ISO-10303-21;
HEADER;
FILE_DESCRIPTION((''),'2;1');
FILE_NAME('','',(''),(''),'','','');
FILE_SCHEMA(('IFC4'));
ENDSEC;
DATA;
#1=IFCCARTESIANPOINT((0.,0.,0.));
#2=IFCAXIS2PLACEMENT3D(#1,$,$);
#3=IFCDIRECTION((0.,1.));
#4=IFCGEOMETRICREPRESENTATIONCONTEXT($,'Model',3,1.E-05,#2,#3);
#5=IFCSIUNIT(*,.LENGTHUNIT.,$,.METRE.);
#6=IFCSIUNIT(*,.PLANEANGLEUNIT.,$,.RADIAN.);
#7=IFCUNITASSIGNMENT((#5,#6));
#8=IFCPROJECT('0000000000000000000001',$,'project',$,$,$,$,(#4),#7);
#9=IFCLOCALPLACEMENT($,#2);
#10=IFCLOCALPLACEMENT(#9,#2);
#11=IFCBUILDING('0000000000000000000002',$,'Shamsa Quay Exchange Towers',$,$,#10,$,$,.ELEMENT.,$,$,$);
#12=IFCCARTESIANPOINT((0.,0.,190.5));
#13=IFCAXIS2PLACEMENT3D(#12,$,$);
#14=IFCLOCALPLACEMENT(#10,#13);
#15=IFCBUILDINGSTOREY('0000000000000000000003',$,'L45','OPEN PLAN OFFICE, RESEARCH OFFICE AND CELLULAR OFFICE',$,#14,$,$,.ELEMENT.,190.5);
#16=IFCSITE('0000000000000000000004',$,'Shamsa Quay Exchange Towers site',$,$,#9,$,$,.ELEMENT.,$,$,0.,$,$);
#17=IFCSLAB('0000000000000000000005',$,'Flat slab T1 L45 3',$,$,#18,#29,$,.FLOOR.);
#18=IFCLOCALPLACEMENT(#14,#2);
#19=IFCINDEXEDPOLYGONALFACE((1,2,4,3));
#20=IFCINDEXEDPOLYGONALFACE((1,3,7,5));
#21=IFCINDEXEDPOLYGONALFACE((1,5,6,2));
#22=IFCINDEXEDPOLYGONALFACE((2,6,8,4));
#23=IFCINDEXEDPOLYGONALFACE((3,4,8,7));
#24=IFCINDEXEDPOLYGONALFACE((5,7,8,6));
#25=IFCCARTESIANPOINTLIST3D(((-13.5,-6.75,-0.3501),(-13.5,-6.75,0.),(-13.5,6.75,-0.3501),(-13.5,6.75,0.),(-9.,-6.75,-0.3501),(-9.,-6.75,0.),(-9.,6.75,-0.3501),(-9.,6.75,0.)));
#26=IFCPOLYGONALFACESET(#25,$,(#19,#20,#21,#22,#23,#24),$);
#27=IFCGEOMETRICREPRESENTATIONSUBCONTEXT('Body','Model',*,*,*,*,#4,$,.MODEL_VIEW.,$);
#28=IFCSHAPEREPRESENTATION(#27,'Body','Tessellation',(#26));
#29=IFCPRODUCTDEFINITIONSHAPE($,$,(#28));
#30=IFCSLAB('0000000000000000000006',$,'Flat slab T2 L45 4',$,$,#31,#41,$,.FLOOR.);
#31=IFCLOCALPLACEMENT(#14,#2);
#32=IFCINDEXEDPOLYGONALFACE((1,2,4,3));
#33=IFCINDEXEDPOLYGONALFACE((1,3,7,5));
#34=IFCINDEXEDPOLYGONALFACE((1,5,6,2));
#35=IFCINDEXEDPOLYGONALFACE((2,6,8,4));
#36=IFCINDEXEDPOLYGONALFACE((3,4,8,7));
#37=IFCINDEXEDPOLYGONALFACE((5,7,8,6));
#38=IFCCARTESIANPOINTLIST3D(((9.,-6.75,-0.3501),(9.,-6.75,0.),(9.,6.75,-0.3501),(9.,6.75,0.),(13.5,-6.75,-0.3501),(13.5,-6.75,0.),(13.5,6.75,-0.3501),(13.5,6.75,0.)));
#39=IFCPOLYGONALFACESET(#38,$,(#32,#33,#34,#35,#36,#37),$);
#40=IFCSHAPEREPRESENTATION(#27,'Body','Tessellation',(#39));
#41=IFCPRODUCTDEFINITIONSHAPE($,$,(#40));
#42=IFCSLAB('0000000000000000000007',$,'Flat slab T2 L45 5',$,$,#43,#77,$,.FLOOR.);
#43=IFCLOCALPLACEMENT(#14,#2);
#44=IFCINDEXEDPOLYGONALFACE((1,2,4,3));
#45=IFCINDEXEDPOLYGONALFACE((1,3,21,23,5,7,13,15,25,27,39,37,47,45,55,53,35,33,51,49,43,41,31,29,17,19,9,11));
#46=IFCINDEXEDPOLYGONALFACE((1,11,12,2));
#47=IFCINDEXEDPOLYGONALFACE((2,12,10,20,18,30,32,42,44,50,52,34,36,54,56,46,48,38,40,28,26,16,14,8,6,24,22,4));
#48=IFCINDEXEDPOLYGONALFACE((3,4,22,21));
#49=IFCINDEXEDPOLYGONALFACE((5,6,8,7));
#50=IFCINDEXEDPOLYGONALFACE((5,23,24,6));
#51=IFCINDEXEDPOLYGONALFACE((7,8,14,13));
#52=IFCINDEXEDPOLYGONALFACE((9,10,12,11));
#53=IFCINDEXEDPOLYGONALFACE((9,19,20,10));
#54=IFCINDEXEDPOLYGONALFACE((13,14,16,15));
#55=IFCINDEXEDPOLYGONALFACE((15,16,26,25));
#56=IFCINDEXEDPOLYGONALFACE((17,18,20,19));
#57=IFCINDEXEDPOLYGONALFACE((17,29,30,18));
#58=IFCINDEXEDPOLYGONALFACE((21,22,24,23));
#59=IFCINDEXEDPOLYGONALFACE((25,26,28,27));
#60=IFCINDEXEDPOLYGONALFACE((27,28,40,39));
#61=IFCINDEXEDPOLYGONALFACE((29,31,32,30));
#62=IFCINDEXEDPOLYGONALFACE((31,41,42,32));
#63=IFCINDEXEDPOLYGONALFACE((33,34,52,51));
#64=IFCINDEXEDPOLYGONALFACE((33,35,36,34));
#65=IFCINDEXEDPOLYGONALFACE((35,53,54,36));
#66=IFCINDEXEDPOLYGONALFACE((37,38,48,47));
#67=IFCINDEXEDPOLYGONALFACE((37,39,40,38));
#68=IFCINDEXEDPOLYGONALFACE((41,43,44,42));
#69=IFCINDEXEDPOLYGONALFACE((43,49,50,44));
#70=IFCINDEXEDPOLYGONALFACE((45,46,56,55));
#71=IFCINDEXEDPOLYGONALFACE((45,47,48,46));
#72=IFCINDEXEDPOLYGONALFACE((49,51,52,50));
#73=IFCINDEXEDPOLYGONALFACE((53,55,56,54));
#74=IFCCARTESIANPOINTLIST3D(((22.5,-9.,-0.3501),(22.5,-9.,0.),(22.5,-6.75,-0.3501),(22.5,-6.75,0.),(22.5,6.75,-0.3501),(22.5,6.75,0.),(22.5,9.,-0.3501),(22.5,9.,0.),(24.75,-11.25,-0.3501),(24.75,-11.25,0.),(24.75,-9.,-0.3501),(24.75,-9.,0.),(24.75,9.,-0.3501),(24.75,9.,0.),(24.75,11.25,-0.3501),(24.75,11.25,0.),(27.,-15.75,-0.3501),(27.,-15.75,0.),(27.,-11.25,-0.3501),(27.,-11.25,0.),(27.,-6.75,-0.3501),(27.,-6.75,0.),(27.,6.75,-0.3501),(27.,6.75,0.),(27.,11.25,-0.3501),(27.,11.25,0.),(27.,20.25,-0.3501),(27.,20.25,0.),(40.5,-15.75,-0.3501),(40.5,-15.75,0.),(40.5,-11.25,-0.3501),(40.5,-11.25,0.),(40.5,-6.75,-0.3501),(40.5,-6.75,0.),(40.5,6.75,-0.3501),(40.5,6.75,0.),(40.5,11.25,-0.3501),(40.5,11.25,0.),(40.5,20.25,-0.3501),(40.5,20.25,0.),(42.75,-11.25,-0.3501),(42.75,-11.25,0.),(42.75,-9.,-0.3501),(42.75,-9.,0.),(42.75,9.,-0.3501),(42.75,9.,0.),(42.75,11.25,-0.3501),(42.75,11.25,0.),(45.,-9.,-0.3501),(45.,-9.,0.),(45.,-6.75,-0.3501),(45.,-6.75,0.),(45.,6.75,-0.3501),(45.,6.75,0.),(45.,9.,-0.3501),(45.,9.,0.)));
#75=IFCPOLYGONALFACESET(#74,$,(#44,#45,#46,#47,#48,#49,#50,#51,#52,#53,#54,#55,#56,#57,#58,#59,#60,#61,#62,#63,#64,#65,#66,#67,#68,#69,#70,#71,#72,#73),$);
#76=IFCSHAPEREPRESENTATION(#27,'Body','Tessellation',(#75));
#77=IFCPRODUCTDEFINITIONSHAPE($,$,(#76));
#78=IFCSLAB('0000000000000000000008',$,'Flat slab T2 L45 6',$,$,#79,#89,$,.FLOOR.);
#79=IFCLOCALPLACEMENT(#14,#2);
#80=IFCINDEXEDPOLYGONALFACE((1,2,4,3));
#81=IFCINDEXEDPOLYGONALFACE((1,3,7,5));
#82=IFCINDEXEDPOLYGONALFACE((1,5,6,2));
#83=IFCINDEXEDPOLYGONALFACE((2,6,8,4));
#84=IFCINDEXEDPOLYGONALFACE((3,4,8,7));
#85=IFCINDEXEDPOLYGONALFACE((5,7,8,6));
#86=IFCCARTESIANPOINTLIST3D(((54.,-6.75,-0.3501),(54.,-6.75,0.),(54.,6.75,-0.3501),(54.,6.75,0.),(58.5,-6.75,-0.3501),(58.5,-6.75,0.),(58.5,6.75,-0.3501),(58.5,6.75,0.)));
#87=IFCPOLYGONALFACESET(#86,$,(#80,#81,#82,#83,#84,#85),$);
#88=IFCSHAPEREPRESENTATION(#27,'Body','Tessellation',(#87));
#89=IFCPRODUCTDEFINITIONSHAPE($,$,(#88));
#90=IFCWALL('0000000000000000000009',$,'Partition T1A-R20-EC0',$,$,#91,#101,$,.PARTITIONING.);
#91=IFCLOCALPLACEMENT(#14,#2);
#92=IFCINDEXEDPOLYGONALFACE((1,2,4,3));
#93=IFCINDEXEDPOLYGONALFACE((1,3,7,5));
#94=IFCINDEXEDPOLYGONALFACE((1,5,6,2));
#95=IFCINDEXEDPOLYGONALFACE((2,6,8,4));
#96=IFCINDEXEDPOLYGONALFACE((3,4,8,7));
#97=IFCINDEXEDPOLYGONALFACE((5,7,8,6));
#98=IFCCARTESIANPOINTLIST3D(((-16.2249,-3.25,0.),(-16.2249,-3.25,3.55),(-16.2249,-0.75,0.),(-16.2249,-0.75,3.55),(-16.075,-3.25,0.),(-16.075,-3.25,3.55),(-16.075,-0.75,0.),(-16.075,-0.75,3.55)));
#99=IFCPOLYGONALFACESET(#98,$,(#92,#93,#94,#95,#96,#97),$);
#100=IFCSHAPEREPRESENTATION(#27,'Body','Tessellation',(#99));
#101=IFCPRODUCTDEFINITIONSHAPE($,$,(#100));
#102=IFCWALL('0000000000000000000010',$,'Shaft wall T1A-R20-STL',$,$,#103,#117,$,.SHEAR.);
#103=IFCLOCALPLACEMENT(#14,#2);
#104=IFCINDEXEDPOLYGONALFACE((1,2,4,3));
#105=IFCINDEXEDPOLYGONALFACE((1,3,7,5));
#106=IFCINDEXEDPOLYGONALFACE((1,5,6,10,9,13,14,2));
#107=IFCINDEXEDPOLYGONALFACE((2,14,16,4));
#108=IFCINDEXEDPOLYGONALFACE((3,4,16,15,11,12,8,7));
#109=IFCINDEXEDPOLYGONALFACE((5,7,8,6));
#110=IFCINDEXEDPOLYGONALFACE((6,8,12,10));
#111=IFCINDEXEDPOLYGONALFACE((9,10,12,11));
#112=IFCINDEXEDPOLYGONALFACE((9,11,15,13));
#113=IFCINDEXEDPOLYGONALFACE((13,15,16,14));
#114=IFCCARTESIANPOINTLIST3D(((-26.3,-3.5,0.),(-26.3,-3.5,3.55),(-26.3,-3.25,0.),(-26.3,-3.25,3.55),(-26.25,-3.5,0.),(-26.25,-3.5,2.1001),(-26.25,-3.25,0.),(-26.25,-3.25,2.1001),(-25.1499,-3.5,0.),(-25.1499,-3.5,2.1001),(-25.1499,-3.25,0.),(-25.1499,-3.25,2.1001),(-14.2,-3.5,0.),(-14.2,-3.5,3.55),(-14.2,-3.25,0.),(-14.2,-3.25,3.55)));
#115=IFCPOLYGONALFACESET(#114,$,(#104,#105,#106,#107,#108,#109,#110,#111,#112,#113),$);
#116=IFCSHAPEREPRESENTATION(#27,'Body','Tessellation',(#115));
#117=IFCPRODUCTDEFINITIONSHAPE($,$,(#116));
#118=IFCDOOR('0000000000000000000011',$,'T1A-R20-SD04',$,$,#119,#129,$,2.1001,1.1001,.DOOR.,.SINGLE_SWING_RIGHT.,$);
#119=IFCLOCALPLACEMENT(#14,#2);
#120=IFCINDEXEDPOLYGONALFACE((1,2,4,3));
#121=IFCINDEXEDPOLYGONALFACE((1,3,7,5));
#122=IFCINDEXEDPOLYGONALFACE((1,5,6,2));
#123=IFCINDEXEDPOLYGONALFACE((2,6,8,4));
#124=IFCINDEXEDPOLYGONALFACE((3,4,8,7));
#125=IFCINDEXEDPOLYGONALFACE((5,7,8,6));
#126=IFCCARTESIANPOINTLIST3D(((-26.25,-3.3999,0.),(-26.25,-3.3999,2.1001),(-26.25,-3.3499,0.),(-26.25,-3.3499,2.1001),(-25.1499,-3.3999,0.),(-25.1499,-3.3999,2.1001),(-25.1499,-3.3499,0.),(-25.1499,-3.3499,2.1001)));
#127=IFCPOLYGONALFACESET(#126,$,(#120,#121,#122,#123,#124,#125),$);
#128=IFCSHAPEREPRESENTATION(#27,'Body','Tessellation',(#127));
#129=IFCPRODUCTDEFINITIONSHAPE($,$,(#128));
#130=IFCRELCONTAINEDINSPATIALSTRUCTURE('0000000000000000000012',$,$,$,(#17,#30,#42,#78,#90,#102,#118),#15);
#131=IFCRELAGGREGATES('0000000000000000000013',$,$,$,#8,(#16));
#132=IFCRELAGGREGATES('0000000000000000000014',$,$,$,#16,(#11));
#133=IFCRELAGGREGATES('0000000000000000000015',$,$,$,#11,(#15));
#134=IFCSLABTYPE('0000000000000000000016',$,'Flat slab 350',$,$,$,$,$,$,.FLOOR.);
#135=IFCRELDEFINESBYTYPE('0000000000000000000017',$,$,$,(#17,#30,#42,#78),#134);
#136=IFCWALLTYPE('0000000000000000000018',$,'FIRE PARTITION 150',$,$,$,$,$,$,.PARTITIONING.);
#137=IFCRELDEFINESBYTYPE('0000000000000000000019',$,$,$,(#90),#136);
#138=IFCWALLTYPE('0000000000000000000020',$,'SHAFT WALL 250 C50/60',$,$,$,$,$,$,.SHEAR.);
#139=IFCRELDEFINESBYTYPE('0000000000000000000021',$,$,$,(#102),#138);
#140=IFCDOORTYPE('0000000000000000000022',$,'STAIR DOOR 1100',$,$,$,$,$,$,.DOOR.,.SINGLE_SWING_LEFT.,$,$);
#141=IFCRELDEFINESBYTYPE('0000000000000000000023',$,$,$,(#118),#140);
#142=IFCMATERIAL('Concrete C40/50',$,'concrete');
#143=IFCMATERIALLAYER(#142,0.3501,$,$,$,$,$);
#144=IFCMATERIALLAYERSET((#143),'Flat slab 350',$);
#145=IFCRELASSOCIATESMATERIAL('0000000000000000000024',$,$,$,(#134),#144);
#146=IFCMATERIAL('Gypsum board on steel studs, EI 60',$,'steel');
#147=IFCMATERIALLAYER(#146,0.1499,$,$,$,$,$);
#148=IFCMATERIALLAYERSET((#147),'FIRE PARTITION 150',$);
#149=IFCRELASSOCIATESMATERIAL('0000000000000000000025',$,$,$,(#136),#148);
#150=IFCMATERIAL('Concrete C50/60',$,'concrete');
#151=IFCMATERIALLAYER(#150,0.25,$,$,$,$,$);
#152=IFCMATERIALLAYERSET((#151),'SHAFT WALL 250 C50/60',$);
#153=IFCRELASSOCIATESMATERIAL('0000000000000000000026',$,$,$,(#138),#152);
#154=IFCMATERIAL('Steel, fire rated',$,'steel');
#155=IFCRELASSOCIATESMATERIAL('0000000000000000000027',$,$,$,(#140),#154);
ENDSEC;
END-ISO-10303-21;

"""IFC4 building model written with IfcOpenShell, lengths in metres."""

from ifc_helpers import new_model, si_unit, direction, frame, frame_2d, origin, place, context, subcontext, project, spatial, polyline, rectangle, outline, extrude, material, layer, layer_set, type_object, element, fill, save


model = new_model("IFC4")

# Units and contexts
model_context = context("Model", 3, precision=1e-05, world=origin(), true_north=direction((0.0, 1.0)))
body_context = subcontext(model_context, "Body", "Model", "MODEL_VIEW")
ifc_project = project(units=[si_unit("LENGTHUNIT", "METRE"), si_unit("PLANEANGLEUNIT", "RADIAN")], contexts=[model_context])

# Site, building, storey
site_placement = place(None, origin())
site = spatial("IfcSite", under=ifc_project, at=site_placement, Name="Shamsa Quay Exchange Towers site", CompositionType="ELEMENT", RefElevation=0.0)
building_placement = place(site_placement, origin())
building = spatial("IfcBuilding", under=site, at=building_placement, Name="Shamsa Quay Exchange Towers", CompositionType="ELEMENT")
storey_placement = place(building_placement, frame((0.0, 0.0, 190.5)))
storey = spatial("IfcBuildingStorey", under=building, at=storey_placement, Name="L45", Description="OPEN PLAN OFFICE, RESEARCH OFFICE AND CELLULAR OFFICE", CompositionType="ELEMENT", Elevation=190.5)

# Slabs
ifc_material_1 = material(Name="Concrete C40/50", Category="concrete")
ifc_layer_1 = layer(ifc_material_1, 0.3501)
ifc_layer_set_1 = layer_set([ifc_layer_1], Name="Flat slab 350")
slab_type = type_object("IfcSlabType", Name="Flat slab 350", PredefinedType="FLOOR", material=ifc_layer_set_1)
slab_1_placement = place(storey_placement, frame((0.0, 0.0, -0.3501)))
element("IfcSlab", 1, at=slab_1_placement, inside=storey, type_object=slab_type, Name="Flat slab T1 L45 3", PredefinedType="FLOOR", context=body_context, shape_type="SweptSolid", body=[
    extrude(outline(polyline([(-9.0, 6.75), (-13.5, 6.75), (-13.5, -6.75), (-9.0, -6.75), (-9.0, 6.75)])), origin(), (0.0, 0.0, 1.0), 0.3501),
])
slab_2_placement = place(storey_placement, frame((0.0, 0.0, -0.3501)))
element("IfcSlab", 2, at=slab_2_placement, inside=storey, type_object=slab_type, Name="Flat slab T2 L45 4", PredefinedType="FLOOR", context=body_context, shape_type="SweptSolid", body=[
    extrude(outline(polyline([(9.0, -6.75), (13.5, -6.75), (13.5, 6.75), (9.0, 6.75), (9.0, -6.75)])), origin(), (0.0, 0.0, 1.0), 0.3501),
])
slab_3_placement = place(storey_placement, frame((0.0, 0.0, -0.3501)))
element("IfcSlab", 3, at=slab_3_placement, inside=storey, type_object=slab_type, Name="Flat slab T2 L45 5", PredefinedType="FLOOR", context=body_context, shape_type="SweptSolid", body=[
    extrude(outline(polyline([(45.0, -9.0), (45.0, -6.75), (40.5, -6.75), (40.5, 6.75), (45.0, 6.75), (45.0, 9.0), (42.75, 9.0), (42.75, 11.25), (40.5, 11.25), (40.5, 20.25), (27.0, 20.25), (27.0, 11.25), (24.75, 11.25), (24.75, 9.0), (22.5, 9.0), (22.5, 6.75), (27.0, 6.75), (27.0, -6.75), (22.5, -6.75), (22.5, -9.0), (24.75, -9.0), (24.75, -11.25), (27.0, -11.25), (27.0, -15.75), (40.5, -15.75), (40.5, -11.25), (42.75, -11.25), (42.75, -9.0), (45.0, -9.0)])), origin(), (0.0, 0.0, 1.0), 0.3501),
])
slab_4_placement = place(storey_placement, frame((0.0, 0.0, -0.3501)))
element("IfcSlab", 4, at=slab_4_placement, inside=storey, type_object=slab_type, Name="Flat slab T2 L45 6", PredefinedType="FLOOR", context=body_context, shape_type="SweptSolid", body=[
    extrude(outline(polyline([(58.5, 6.75), (54.0, 6.75), (54.0, -6.75), (58.5, -6.75), (58.5, 6.75)])), origin(), (0.0, 0.0, 1.0), 0.3501),
])

# Wall
ifc_material_2 = material(Name="Gypsum board on steel studs, EI 60", Category="steel")
ifc_layer_2 = layer(ifc_material_2, 0.1499)
ifc_layer_set_2 = layer_set([ifc_layer_2], Name="FIRE PARTITION 150")
wall_type_1 = type_object("IfcWallType", Name="FIRE PARTITION 150", PredefinedType="PARTITIONING", material=ifc_layer_set_2)
wall_1_placement = place(storey_placement, frame((-16.1499, -3.25, 0.0), z_axis=(0.0, 0.0, 1.0), x_axis=(0.0, 1.0, 0.0)))
element("IfcWall", 5, at=wall_1_placement, inside=storey, type_object=wall_type_1, Name="Partition T1A-R20-EC0", PredefinedType="PARTITIONING", context=body_context, shape_type="SweptSolid", body=[
    extrude(rectangle(XDim=2.5, YDim=0.1499, at=frame_2d((1.25, 0.0))), origin(), (0.0, 0.0, 1.0), 3.55),
])

# Wall, opening, door
ifc_material_3 = material(Name="Concrete C50/60", Category="concrete")
ifc_layer_3 = layer(ifc_material_3, 0.25)
ifc_layer_set_3 = layer_set([ifc_layer_3], Name="SHAFT WALL 250 C50/60")
wall_type_2 = type_object("IfcWallType", Name="SHAFT WALL 250 C50/60", PredefinedType="SHEAR", material=ifc_layer_set_3)
wall_2_placement = place(storey_placement, frame((-14.2, -3.375, 0.0), z_axis=(0.0, 0.0, 1.0), x_axis=(-1.0, 0.0, 0.0)))
wall_2 = element("IfcWall", 6, at=wall_2_placement, inside=storey, type_object=wall_type_2, Name="Shaft wall T1A-R20-STL", PredefinedType="SHEAR", context=body_context, shape_type="SweptSolid", body=[
    extrude(rectangle(XDim=12.1001, YDim=0.25, at=frame_2d((6.05, 0.0))), origin(), (0.0, 0.0, 1.0), 3.55),
])
opening_1_placement = place(wall_2_placement, frame((10.95, 0.0, 0.0)))
opening_1 = element("IfcOpeningElement", 7, at=opening_1_placement, cuts=wall_2, PredefinedType="OPENING", context=body_context, shape_type="SweptSolid", body=[
    extrude(rectangle(XDim=1.1001, YDim=2.1001, at=frame_2d((0.55, 1.05))), frame((0.0, 0.135, 0.0), z_axis=(0.0, -1.0, 0.0), x_axis=(1.0, 0.0, 0.0)), (0.0, 0.0, 1.0), 0.27),
])
ifc_material_4 = material(Name="Steel, fire rated", Category="steel")
door_type_1 = type_object("IfcDoorType", Name="STAIR DOOR 1100", OperationType="SINGLE_SWING_LEFT", PredefinedType="DOOR", material=ifc_material_4)
door_1_placement = place(opening_1_placement, origin())
door_1 = element("IfcDoor", 8, at=door_1_placement, inside=storey, type_object=door_type_1, Name="T1A-R20-SD04", OperationType="SINGLE_SWING_RIGHT", OverallHeight=2.1001, OverallWidth=1.1001, PredefinedType="DOOR", context=body_context, shape_type="SweptSolid", body=[
    extrude(rectangle(XDim=1.1001, YDim=2.1001, at=frame_2d((0.55, 1.05))), frame((0.0, 0.0249, 0.0), z_axis=(0.0, -1.0, 0.0), x_axis=(1.0, 0.0, 0.0)), (0.0, 0.0, 1.0), 0.05),
])
fill(opening_1, door_1)

save(model, "model.ifc")
